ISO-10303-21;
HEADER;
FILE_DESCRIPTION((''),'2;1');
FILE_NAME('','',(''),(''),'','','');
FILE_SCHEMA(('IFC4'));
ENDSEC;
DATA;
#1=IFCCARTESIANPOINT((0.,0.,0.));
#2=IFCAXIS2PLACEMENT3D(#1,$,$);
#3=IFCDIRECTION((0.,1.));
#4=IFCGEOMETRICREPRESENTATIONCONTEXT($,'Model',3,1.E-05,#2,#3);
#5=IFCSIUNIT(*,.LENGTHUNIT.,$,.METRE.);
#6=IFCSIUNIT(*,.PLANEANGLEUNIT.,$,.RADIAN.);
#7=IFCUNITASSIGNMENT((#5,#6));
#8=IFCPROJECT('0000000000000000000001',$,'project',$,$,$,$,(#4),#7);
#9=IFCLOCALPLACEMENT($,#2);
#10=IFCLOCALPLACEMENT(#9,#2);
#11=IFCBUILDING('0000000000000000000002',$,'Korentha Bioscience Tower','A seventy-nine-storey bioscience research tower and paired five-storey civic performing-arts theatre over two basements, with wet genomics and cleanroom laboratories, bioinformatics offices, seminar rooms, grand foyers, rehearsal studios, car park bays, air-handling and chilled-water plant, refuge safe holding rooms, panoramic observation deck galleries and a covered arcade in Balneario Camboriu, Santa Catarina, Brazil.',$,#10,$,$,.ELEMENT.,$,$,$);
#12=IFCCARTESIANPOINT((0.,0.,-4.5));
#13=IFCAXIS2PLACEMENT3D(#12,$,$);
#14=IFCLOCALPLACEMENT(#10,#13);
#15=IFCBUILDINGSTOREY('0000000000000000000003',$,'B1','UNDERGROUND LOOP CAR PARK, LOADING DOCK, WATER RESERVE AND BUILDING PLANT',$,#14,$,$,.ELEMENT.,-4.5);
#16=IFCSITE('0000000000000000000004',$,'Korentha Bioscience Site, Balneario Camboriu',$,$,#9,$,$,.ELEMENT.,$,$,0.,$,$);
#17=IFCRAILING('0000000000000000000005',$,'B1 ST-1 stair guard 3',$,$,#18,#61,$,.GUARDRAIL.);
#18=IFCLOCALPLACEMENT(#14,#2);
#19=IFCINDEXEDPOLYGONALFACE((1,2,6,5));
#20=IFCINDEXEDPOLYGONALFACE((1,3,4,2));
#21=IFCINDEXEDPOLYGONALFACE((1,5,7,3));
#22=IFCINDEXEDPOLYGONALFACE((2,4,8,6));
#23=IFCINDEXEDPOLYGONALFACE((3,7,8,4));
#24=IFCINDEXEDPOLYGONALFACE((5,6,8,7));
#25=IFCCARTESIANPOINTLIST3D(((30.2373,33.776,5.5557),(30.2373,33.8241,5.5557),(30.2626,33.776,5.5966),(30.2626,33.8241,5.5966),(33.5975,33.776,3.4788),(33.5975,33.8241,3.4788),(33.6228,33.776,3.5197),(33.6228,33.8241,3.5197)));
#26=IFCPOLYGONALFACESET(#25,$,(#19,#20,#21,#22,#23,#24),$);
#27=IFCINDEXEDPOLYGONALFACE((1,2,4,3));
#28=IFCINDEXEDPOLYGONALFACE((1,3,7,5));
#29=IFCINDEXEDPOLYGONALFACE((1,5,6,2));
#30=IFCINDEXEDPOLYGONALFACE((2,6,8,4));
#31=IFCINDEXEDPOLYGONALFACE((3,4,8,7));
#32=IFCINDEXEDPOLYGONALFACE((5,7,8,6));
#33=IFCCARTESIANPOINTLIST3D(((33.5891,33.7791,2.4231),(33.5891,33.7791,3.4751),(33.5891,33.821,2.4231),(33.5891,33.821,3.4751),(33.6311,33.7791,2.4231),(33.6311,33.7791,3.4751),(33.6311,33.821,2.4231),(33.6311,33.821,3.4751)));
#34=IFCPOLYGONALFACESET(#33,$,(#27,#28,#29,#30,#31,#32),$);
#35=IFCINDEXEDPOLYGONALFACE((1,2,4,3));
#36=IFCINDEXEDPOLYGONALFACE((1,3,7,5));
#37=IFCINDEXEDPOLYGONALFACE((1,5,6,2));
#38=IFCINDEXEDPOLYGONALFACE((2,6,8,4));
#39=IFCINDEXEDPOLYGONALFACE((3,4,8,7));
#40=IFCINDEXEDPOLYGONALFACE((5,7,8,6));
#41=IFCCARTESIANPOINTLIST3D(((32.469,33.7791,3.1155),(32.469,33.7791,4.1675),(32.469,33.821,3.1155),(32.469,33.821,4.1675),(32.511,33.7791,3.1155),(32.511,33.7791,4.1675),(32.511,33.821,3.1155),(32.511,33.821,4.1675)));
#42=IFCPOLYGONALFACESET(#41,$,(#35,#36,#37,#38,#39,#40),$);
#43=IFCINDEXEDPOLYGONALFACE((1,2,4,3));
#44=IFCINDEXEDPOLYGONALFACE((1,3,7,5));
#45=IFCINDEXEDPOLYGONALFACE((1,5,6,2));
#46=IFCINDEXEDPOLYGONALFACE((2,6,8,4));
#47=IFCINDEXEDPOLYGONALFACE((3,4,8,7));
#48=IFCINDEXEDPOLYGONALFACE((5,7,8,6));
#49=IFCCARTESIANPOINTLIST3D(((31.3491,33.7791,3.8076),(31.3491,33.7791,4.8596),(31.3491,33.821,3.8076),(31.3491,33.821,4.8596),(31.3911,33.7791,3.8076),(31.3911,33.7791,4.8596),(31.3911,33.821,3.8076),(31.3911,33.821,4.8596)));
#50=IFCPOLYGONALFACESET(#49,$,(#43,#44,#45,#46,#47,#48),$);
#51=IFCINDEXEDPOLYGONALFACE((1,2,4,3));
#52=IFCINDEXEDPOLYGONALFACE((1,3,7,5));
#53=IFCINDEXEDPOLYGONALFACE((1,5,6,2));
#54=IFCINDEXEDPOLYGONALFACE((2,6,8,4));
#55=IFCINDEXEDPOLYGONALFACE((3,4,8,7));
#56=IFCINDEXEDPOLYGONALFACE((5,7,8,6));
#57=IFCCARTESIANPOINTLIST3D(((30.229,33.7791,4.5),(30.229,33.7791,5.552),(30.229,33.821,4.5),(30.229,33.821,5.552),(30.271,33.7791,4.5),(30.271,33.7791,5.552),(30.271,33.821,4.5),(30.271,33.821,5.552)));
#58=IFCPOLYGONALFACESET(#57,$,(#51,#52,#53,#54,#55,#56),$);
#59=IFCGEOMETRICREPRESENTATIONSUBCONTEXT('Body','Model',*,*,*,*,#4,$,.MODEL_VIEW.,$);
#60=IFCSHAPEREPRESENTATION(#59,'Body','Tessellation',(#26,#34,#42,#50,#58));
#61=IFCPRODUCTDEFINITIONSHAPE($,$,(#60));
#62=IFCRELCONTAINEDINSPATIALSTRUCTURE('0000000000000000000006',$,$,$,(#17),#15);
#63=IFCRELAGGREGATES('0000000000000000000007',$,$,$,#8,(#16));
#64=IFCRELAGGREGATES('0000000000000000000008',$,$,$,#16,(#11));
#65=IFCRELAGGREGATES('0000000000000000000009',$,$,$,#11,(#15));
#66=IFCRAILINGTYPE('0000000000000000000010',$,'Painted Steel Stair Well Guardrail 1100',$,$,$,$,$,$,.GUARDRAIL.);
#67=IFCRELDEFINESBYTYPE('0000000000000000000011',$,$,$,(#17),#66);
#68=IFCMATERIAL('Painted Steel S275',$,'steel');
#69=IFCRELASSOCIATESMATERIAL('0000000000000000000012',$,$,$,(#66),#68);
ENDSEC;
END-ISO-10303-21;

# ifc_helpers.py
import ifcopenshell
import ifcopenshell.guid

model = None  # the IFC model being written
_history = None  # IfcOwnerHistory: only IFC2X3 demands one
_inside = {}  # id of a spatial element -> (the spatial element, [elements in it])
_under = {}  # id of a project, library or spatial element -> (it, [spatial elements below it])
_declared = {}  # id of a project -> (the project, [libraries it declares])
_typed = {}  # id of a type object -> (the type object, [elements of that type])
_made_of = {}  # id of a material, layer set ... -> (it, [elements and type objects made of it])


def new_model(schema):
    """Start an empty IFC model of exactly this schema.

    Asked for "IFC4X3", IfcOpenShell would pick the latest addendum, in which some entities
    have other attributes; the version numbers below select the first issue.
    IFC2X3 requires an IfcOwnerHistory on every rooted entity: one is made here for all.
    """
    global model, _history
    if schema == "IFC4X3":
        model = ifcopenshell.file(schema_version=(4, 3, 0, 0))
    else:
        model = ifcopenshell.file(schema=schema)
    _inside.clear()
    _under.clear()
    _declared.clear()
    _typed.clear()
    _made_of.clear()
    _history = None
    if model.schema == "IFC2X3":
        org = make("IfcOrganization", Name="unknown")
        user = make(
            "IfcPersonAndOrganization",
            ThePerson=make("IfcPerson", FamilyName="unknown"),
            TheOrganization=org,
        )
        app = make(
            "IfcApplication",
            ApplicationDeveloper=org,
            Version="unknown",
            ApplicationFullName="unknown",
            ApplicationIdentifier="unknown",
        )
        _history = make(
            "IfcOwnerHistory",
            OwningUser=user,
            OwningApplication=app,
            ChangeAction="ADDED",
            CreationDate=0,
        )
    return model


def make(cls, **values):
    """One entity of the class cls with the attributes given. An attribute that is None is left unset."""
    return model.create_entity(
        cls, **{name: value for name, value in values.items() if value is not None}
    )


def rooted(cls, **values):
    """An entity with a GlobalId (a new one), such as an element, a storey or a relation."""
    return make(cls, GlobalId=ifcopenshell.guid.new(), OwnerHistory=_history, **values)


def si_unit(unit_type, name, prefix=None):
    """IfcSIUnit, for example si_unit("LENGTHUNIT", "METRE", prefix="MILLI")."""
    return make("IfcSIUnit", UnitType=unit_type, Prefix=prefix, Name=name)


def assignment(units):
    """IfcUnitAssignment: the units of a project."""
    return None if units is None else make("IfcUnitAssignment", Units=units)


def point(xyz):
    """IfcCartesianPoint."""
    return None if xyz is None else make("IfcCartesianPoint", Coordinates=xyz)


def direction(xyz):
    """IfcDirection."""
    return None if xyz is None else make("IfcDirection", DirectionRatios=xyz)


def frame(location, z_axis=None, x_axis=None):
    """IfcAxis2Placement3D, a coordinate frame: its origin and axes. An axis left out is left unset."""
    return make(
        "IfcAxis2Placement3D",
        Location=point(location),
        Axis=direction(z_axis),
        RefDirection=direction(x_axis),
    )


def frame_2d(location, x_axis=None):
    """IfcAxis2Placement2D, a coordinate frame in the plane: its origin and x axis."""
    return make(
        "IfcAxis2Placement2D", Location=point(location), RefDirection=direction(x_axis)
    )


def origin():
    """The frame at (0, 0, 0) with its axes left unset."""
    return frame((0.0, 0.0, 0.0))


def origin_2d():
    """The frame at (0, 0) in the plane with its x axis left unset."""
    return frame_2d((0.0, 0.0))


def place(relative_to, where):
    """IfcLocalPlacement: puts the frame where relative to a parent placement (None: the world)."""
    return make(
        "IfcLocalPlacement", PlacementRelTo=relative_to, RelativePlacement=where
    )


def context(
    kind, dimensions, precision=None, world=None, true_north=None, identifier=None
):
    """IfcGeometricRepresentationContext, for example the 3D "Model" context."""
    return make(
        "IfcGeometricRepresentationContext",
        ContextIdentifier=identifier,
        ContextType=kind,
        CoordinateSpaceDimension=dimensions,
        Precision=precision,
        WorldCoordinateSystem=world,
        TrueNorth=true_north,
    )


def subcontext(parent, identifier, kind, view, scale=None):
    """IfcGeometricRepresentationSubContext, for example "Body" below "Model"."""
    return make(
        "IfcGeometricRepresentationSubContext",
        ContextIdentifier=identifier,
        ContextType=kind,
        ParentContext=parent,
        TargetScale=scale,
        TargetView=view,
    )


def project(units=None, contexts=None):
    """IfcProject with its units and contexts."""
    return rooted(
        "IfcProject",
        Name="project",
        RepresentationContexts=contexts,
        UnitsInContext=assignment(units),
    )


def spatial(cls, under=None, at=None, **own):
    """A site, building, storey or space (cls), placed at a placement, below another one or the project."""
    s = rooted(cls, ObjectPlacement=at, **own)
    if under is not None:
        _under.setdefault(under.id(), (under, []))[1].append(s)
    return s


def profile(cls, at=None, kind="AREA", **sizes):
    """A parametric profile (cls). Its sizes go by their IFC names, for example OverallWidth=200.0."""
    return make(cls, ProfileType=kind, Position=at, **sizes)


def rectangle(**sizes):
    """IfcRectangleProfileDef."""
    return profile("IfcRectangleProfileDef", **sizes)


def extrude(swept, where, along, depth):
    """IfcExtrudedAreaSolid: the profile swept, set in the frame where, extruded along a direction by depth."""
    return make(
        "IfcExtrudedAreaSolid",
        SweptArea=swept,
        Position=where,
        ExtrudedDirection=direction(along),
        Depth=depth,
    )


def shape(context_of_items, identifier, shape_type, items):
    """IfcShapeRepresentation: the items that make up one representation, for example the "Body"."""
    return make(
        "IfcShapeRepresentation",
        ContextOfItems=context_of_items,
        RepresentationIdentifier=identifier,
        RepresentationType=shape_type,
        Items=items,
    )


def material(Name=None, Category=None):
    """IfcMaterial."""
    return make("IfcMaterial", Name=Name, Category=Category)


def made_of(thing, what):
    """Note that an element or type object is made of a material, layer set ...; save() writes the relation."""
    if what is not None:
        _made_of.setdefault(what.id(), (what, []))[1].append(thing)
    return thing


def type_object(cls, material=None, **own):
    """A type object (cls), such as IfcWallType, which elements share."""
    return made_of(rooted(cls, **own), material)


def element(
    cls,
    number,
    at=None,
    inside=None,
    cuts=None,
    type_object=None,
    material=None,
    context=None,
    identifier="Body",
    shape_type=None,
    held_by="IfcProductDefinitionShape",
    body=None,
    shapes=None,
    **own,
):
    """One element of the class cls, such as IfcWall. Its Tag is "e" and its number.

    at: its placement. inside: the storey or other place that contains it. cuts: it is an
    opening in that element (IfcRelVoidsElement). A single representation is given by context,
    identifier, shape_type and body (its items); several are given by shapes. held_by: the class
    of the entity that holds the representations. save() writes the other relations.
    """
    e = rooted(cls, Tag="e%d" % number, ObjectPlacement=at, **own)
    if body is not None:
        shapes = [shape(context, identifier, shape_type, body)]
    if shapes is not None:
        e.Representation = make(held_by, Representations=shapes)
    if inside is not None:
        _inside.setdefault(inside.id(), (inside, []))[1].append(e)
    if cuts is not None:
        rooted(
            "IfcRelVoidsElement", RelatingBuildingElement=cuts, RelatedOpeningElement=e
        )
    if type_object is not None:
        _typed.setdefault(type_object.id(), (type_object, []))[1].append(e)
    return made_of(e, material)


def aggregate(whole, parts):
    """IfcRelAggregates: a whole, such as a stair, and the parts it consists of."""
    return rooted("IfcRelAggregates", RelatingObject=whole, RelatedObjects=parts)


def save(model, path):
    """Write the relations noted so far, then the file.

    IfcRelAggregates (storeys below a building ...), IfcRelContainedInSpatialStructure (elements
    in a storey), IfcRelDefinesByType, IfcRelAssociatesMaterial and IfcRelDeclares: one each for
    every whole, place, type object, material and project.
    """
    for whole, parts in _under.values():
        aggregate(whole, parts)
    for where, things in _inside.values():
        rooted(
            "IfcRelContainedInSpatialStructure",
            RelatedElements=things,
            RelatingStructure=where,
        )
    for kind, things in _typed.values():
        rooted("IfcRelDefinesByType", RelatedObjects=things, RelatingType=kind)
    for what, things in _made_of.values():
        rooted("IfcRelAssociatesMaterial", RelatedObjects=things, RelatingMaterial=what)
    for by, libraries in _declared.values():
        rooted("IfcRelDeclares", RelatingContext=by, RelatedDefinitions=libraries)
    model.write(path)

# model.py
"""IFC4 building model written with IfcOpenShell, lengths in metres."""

from ifc_helpers import new_model, si_unit, direction, frame, origin, origin_2d, place, context, subcontext, project, spatial, rectangle, extrude, material, type_object, element, save


model = new_model("IFC4")

# Units and contexts
model_context = context("Model", 3, precision=1e-05, world=origin(), true_north=direction((0.0, 1.0)))
body_context = subcontext(model_context, "Body", "Model", "MODEL_VIEW")
ifc_project = project(units=[si_unit("LENGTHUNIT", "METRE"), si_unit("PLANEANGLEUNIT", "RADIAN")], contexts=[model_context])

# Site, building, storey
site_placement = place(None, origin())
site = spatial("IfcSite", under=ifc_project, at=site_placement, Name="Korentha Bioscience Site, Balneario Camboriu", CompositionType="ELEMENT", RefElevation=0.0)
building_placement = place(site_placement, origin())
building = spatial("IfcBuilding", under=site, at=building_placement, Name="Korentha Bioscience Tower", Description="A seventy-nine-storey bioscience research tower and paired five-storey civic performing-arts theatre over two basements, with wet genomics and cleanroom laboratories, bioinformatics offices, seminar rooms, grand foyers, rehearsal studios, car park bays, air-handling and chilled-water plant, refuge safe holding rooms, panoramic observation deck galleries and a covered arcade in Balneario Camboriu, Santa Catarina, Brazil.", CompositionType="ELEMENT")
storey_placement = place(building_placement, frame((0.0, 0.0, -4.5)))
storey = spatial("IfcBuildingStorey", under=building, at=storey_placement, Name="B1", Description="UNDERGROUND LOOP CAR PARK, LOADING DOCK, WATER RESERVE AND BUILDING PLANT", CompositionType="ELEMENT", Elevation=-4.5)

# Railing
ifc_material_1 = material(Name="Painted Steel S275", Category="steel")
railing_type_1 = type_object("IfcRailingType", Name="Painted Steel Stair Well Guardrail 1100", PredefinedType="GUARDRAIL", material=ifc_material_1)
railing_1_placement = place(storey_placement, frame((33.6101, 33.8, 2.4231)))
element("IfcRailing", 1, at=railing_1_placement, inside=storey, type_object=railing_type_1, Name="B1 ST-1 stair guard 3", PredefinedType="GUARDRAIL", context=body_context, shape_type="SweptSolid", body=[
    extrude(rectangle(XDim=0.0481, YDim=0.0481, at=origin_2d()), frame((0.0, 0.0, 1.0762), z_axis=(-0.850623, 0.0, 0.525776), x_axis=(0.0, -1.0, 0.0)), (0.0, 0.0, 1.0), 3.9502),
    extrude(rectangle(XDim=0.042, YDim=0.042, at=origin_2d()), origin(), (0.0, 0.0, 1.0), 1.052),
    extrude(rectangle(XDim=0.042, YDim=0.042, at=origin_2d()), frame((-1.1201, 0.0, 0.6924)), (0.0, 0.0, 1.0), 1.052),
    extrude(rectangle(XDim=0.042, YDim=0.042, at=origin_2d()), frame((-2.24, 0.0, 1.3845)), (0.0, 0.0, 1.0), 1.052),
    extrude(rectangle(XDim=0.042, YDim=0.042, at=origin_2d()), frame((-3.3601, 0.0, 2.0769)), (0.0, 0.0, 1.0), 1.052),
])

save(model, "model.ifc")
